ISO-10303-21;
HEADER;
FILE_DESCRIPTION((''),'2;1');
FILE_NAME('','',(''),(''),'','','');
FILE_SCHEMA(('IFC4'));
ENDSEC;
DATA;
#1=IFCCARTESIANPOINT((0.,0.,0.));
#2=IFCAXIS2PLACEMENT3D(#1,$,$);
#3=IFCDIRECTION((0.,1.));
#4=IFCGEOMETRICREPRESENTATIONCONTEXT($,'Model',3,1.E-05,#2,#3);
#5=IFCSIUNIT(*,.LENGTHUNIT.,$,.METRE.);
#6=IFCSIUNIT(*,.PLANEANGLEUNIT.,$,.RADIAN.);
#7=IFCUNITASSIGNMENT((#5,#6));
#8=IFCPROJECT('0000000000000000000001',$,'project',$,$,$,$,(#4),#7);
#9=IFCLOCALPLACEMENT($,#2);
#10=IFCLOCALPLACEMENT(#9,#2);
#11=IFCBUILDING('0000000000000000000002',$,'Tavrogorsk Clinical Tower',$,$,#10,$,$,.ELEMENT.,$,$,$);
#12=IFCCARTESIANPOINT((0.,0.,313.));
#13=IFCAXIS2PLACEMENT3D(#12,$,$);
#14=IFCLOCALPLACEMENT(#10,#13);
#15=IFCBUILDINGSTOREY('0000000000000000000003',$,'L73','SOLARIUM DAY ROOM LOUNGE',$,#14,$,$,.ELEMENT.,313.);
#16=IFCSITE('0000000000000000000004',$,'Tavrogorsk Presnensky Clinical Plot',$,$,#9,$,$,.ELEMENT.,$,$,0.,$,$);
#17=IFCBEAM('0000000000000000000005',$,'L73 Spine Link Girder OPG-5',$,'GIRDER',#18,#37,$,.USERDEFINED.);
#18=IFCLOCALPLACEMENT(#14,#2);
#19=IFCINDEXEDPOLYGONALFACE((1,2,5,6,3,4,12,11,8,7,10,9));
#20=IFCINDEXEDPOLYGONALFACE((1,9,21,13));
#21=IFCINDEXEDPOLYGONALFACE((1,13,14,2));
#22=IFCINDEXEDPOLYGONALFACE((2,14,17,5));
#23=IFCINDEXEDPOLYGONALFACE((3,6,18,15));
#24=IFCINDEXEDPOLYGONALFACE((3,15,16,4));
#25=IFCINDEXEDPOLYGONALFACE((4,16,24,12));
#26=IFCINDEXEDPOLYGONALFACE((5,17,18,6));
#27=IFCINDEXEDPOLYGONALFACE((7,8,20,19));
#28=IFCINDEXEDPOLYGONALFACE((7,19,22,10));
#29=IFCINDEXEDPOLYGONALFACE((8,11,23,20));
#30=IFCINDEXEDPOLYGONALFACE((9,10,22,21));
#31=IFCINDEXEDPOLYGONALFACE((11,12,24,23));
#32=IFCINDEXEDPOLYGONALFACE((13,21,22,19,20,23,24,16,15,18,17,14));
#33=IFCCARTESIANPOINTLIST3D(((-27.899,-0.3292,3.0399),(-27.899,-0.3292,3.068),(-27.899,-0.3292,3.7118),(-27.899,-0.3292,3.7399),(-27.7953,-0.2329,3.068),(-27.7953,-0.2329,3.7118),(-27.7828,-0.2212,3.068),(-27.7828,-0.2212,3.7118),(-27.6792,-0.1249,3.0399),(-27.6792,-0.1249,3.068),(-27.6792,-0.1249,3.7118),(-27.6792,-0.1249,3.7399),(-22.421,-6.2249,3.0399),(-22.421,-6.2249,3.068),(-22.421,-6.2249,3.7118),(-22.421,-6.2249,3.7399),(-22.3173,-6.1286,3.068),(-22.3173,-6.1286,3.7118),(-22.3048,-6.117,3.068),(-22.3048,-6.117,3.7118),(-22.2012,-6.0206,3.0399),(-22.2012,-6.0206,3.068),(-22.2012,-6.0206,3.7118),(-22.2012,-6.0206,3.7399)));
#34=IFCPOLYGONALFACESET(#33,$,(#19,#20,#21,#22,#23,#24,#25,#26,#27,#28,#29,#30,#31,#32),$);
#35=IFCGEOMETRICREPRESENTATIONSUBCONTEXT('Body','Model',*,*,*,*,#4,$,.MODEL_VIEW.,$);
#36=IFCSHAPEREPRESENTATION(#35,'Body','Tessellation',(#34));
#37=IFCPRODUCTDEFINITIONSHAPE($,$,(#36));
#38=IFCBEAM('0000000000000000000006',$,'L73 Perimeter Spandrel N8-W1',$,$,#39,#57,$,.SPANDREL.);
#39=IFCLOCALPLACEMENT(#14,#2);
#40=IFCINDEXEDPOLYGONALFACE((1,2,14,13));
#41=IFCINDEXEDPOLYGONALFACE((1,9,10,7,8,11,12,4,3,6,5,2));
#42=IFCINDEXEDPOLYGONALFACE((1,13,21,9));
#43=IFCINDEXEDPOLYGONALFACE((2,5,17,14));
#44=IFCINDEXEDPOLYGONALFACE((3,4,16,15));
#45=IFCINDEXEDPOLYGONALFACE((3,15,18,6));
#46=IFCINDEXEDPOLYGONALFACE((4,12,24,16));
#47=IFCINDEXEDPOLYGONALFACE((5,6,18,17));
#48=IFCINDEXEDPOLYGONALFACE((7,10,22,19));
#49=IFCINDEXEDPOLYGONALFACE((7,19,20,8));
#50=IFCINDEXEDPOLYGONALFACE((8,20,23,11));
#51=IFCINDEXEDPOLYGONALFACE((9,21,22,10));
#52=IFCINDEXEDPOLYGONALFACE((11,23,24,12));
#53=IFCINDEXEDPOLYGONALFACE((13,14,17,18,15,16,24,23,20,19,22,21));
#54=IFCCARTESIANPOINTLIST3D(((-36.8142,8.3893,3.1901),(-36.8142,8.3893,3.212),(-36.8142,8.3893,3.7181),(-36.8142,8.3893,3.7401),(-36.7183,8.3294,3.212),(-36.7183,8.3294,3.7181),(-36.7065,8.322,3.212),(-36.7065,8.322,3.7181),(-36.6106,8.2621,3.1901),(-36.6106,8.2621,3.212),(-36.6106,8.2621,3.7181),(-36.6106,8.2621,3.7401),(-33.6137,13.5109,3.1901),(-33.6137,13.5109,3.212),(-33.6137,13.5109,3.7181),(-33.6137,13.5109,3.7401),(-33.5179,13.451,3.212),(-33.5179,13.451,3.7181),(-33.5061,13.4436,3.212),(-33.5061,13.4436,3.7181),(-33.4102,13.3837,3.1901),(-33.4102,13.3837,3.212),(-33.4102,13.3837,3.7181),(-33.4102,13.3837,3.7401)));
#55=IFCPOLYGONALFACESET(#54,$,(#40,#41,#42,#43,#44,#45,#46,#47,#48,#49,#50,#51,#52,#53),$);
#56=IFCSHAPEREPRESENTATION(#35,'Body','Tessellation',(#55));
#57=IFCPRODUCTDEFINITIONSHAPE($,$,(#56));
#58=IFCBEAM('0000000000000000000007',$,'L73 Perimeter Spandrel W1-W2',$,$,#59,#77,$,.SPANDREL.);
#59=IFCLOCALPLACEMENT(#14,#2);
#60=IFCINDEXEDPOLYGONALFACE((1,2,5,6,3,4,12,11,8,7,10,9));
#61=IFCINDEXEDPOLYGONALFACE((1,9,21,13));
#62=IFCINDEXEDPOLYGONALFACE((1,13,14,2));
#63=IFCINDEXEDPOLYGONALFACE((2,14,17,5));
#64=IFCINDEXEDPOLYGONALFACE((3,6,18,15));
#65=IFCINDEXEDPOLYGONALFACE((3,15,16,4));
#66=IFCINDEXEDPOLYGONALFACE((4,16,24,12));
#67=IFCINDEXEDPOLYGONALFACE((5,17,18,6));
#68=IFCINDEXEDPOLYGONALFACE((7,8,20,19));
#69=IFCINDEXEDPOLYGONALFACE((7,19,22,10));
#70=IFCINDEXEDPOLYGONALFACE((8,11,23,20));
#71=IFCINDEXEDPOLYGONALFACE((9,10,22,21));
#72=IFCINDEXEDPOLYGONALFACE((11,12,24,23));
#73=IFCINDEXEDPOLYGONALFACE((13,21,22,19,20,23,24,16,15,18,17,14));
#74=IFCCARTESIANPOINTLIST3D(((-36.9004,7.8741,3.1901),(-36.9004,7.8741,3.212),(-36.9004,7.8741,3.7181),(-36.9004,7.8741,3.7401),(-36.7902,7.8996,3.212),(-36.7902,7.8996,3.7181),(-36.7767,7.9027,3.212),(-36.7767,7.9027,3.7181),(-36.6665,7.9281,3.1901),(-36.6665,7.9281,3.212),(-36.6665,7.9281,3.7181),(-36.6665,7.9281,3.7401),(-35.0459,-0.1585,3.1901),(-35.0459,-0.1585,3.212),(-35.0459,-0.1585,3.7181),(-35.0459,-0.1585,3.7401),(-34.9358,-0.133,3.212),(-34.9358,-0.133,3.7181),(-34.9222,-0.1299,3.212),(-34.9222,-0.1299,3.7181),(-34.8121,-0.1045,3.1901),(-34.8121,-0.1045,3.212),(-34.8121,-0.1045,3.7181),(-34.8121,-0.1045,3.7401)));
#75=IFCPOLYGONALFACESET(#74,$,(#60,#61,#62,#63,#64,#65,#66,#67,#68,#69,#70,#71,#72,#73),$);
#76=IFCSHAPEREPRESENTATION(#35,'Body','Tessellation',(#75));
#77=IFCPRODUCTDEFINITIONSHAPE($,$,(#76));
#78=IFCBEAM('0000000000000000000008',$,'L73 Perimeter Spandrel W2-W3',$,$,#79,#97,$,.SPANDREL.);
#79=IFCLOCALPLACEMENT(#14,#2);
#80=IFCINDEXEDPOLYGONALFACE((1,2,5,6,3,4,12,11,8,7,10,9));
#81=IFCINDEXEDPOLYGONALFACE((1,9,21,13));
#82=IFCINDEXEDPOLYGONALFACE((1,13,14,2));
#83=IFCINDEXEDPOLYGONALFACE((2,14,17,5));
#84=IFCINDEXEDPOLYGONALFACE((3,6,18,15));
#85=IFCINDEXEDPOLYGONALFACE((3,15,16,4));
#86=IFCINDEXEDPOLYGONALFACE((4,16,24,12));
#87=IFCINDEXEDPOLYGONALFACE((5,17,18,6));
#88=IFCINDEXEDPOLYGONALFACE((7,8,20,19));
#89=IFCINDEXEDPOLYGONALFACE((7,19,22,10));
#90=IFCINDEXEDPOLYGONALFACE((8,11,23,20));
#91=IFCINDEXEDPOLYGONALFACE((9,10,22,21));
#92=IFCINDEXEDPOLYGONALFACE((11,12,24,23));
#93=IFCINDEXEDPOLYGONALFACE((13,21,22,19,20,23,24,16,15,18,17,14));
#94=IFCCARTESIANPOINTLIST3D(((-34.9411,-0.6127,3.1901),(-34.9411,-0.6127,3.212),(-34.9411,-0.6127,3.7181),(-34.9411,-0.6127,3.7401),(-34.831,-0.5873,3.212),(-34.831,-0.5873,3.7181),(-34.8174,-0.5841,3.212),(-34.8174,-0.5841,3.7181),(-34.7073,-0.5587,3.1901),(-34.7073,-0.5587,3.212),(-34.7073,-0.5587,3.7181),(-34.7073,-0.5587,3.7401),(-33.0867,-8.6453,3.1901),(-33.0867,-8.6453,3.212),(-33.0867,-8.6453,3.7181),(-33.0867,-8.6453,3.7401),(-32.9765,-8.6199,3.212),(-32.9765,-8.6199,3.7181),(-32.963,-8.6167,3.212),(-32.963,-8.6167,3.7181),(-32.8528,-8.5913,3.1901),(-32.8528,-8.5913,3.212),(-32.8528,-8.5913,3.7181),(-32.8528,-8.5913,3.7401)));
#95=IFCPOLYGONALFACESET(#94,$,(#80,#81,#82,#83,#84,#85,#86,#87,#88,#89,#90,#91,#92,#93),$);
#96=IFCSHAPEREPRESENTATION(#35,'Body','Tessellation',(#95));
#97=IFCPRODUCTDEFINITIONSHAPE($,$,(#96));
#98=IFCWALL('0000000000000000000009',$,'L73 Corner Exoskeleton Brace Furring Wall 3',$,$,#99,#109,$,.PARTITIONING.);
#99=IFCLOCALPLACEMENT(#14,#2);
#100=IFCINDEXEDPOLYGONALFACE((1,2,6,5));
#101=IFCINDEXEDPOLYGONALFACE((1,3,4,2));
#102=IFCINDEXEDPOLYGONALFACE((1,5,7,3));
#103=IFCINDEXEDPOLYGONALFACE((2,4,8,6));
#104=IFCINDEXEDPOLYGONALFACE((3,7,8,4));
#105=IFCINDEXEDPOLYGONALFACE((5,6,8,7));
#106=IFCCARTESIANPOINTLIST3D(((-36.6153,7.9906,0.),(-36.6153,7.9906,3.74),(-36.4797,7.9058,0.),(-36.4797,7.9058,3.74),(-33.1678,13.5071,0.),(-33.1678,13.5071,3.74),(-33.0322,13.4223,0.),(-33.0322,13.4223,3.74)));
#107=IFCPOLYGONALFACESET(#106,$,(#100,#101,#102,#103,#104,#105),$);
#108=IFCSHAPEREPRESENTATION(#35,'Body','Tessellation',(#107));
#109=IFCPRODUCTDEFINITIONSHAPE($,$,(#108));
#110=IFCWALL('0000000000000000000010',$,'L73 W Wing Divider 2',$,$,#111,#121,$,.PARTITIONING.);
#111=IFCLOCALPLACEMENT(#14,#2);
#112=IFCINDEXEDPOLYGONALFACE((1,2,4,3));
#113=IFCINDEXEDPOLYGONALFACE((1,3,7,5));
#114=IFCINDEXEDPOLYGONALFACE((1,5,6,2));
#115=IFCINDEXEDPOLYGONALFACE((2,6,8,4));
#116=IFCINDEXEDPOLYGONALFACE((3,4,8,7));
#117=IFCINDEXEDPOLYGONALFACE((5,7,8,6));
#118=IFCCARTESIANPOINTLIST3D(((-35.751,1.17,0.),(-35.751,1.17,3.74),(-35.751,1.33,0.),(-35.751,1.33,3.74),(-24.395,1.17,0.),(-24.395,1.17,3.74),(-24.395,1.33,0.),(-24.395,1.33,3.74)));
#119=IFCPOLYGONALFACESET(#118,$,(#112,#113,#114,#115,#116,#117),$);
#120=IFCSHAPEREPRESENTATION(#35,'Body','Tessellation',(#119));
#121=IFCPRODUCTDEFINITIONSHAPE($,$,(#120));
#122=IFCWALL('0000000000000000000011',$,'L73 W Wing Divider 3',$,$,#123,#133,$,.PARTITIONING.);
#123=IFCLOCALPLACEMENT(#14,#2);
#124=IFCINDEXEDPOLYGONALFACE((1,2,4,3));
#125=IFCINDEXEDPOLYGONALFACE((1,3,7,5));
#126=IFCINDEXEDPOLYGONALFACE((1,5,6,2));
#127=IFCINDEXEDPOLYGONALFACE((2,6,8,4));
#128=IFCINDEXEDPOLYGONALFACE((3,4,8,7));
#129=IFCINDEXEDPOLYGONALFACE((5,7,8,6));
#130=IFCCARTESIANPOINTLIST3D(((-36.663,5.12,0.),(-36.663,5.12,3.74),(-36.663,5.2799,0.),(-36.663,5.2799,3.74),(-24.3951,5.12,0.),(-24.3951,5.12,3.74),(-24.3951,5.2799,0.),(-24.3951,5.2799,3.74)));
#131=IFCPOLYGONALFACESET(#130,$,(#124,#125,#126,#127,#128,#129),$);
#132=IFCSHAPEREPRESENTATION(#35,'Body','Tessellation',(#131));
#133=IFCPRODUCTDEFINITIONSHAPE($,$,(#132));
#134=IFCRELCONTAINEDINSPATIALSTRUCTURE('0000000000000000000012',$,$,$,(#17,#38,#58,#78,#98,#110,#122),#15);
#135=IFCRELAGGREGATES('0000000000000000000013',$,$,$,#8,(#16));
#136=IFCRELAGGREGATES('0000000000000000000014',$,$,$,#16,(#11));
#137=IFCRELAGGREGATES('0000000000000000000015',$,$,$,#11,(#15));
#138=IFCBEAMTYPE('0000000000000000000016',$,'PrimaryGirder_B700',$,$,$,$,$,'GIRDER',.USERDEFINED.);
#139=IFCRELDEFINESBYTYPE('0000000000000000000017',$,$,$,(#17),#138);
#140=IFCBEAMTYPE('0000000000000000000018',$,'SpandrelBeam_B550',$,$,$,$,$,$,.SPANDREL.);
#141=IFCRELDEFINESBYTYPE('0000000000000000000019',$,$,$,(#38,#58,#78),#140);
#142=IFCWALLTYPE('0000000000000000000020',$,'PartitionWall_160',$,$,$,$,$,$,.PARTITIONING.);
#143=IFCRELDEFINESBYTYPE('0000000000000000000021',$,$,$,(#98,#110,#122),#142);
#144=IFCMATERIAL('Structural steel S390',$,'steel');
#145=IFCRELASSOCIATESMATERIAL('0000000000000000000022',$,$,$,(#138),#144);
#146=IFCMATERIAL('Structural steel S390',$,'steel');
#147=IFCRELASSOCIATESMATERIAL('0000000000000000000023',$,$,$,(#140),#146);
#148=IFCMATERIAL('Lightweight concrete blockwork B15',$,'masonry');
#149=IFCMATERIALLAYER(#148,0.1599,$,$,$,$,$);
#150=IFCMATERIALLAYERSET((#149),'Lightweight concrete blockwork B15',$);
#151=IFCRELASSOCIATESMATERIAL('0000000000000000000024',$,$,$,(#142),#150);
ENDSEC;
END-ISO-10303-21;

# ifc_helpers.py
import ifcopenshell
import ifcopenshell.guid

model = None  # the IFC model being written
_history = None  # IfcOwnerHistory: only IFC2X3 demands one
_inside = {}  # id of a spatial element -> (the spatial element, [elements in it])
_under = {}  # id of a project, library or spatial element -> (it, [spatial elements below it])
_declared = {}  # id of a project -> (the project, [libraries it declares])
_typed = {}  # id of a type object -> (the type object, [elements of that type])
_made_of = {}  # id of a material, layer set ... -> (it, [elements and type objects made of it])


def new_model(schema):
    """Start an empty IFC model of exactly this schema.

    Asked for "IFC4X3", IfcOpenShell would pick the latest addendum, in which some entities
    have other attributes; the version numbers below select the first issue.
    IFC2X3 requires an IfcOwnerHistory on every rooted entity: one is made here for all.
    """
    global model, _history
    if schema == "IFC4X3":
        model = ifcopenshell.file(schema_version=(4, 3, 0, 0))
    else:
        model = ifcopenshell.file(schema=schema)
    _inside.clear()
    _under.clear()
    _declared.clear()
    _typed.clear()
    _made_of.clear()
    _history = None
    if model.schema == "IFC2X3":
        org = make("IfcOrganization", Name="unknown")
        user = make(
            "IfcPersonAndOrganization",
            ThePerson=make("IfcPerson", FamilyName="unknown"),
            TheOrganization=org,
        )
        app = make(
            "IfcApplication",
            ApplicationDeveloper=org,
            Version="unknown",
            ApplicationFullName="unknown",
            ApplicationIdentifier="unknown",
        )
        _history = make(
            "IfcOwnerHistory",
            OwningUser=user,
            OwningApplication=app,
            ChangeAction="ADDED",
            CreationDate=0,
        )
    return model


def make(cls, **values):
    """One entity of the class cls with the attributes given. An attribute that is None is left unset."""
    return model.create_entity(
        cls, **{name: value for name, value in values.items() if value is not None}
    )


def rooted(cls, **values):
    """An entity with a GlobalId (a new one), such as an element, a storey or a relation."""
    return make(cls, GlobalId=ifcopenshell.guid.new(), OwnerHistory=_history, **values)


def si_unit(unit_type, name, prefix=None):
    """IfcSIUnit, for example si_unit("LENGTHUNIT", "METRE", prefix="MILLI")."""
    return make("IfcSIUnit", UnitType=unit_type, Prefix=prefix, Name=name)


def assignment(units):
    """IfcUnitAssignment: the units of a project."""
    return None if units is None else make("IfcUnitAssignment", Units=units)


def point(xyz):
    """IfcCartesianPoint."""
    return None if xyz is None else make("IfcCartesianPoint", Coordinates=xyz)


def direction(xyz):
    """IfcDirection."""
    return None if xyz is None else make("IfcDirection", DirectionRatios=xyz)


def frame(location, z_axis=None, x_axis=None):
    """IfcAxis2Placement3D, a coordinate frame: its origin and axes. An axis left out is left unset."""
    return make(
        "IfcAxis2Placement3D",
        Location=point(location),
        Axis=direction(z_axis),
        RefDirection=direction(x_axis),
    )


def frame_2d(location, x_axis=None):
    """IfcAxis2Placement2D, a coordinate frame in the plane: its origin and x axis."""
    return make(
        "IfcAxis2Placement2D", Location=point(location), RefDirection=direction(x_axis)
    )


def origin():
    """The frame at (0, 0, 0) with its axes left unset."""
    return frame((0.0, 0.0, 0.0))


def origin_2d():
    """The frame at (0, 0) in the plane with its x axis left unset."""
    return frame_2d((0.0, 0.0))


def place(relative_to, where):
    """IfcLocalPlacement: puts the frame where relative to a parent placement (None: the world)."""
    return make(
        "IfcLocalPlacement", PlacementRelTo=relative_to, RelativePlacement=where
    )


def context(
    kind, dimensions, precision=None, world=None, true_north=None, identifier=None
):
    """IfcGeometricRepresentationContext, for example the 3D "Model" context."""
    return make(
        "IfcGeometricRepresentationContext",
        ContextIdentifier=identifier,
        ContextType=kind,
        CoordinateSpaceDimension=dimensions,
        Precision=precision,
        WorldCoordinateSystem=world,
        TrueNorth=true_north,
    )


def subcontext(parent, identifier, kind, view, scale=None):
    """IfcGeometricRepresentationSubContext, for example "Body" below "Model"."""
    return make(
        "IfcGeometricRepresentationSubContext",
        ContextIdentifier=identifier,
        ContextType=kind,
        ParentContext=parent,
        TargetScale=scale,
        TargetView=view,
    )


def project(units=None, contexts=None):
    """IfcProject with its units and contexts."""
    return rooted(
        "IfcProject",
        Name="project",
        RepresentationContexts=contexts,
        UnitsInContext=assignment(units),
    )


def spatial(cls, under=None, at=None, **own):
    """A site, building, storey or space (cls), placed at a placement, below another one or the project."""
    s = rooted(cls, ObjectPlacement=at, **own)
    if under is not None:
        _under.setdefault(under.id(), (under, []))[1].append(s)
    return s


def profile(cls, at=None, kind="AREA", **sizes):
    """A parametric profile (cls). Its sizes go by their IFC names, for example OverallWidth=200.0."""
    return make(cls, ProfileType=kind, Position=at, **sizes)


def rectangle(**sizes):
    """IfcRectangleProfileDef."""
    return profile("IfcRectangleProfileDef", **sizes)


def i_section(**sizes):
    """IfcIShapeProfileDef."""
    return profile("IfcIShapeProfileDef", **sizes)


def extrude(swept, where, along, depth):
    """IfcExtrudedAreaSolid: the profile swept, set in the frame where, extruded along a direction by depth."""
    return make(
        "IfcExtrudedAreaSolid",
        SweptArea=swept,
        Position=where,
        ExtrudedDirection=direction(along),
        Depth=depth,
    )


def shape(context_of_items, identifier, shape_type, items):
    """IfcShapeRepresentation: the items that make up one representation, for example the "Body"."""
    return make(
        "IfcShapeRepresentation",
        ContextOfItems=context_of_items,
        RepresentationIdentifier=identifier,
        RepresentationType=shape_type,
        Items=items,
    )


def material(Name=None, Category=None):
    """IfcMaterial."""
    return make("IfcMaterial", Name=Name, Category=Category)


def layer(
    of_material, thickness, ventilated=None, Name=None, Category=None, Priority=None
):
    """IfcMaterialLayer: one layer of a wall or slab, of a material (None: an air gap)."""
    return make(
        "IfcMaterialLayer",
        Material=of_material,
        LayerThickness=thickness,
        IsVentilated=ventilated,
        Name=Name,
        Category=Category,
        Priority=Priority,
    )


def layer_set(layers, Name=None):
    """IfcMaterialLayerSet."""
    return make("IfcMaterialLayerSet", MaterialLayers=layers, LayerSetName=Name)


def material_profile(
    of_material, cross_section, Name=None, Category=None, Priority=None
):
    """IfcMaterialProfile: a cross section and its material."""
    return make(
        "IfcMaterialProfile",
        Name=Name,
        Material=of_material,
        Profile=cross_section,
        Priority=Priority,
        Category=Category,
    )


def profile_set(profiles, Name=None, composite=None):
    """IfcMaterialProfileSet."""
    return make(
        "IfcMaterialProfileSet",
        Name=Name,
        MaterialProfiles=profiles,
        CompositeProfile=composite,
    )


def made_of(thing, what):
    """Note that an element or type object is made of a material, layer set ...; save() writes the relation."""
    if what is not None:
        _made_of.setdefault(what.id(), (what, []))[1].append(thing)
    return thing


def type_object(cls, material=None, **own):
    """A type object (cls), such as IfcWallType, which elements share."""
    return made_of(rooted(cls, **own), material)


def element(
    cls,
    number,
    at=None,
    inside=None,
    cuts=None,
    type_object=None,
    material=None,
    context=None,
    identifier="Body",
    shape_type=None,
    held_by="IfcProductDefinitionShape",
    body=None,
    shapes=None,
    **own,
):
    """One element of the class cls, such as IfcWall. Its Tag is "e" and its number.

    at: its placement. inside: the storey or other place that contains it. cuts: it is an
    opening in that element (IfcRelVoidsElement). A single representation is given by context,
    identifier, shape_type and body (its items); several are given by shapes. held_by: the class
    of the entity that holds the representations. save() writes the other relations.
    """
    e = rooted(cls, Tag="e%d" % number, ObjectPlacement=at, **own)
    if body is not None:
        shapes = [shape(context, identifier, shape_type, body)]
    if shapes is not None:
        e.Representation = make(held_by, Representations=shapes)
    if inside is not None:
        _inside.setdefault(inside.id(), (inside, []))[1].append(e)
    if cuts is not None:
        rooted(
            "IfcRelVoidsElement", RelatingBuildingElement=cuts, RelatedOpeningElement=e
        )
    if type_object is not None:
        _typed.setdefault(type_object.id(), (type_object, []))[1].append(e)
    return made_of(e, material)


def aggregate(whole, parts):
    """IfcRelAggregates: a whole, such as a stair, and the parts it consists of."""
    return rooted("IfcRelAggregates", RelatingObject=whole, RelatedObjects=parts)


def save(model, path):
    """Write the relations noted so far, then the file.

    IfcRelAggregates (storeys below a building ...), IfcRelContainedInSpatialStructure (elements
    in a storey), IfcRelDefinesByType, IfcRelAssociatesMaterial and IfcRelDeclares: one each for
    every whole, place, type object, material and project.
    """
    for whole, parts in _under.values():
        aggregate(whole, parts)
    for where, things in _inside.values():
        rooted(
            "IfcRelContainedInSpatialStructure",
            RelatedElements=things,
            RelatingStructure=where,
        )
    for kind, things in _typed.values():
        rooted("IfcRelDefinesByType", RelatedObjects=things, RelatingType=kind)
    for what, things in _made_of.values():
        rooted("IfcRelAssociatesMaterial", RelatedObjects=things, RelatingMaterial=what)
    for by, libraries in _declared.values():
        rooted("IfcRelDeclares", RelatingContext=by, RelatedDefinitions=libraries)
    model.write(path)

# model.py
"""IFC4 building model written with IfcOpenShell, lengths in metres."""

from ifc_helpers import new_model, si_unit, direction, frame, frame_2d, origin, origin_2d, place, context, subcontext, project, spatial, rectangle, i_section, extrude, material, layer, layer_set, material_profile, profile_set, type_object, element, save


model = new_model("IFC4")

# Units and contexts
model_context = context("Model", 3, precision=1e-05, world=origin(), true_north=direction((0.0, 1.0)))
body_context = subcontext(model_context, "Body", "Model", "MODEL_VIEW")
ifc_project = project(units=[si_unit("LENGTHUNIT", "METRE"), si_unit("PLANEANGLEUNIT", "RADIAN")], contexts=[model_context])

# Site, building, storey
site_placement = place(None, origin())
site = spatial("IfcSite", under=ifc_project, at=site_placement, Name="Tavrogorsk Presnensky Clinical Plot", CompositionType="ELEMENT", RefElevation=0.0)
building_placement = place(site_placement, origin())
building = spatial("IfcBuilding", under=site, at=building_placement, Name="Tavrogorsk Clinical Tower", CompositionType="ELEMENT")
storey_placement = place(building_placement, frame((0.0, 0.0, 313.0)))
storey = spatial("IfcBuildingStorey", under=building, at=storey_placement, Name="L73", Description="SOLARIUM DAY ROOM LOUNGE", CompositionType="ELEMENT", Elevation=313.0)

# Beams
ifc_material_1 = material(Name="Structural steel S390", Category="steel")
ifc_material_profile_1 = material_profile(ifc_material_1, i_section(OverallWidth=0.3, OverallDepth=0.7, WebThickness=0.0171, FlangeThickness=0.0281, at=origin_2d()), Name="B-700x300x17x28")
ifc_profile_set_1 = profile_set([ifc_material_profile_1], Name="Structural steel S390")
beam_type_1 = type_object("IfcBeamType", Name="PrimaryGirder_B700", ElementType="GIRDER", PredefinedType="USERDEFINED", material=ifc_profile_set_1)
beam_1_placement = place(storey_placement, frame((-27.7891, -0.2271, 3.3899), z_axis=(0.680678, -0.732583, 0.0), x_axis=(0.732583, 0.680678, 0.0)))
element("IfcBeam", 1, at=beam_1_placement, inside=storey, type_object=beam_type_1, Name="L73 Spine Link Girder OPG-5", ObjectType="GIRDER", PredefinedType="USERDEFINED", context=body_context, shape_type="SweptSolid", body=[
    extrude(i_section(OverallWidth=0.3, OverallDepth=0.7, WebThickness=0.0171, FlangeThickness=0.0281, at=origin_2d()), origin(), (0.0, 0.0, 1.0), 8.0479),
])
ifc_material_2 = material(Name="Structural steel S390", Category="steel")
ifc_material_profile_2 = material_profile(ifc_material_2, i_section(OverallWidth=0.24, OverallDepth=0.55, WebThickness=0.0139, FlangeThickness=0.022, at=origin_2d()), Name="B-550x240x14x22")
ifc_profile_set_2 = profile_set([ifc_material_profile_2], Name="Structural steel S390")
beam_type_2 = type_object("IfcBeamType", Name="SpandrelBeam_B550", PredefinedType="SPANDREL", material=ifc_profile_set_2)
beam_2_placement = place(storey_placement, frame((-33.512, 13.4473, 3.4651), z_axis=(-0.529934, -0.848039, 0.0), x_axis=(0.848039, -0.529934, 0.0)))
element("IfcBeam", 2, at=beam_2_placement, inside=storey, type_object=beam_type_2, Name="L73 Perimeter Spandrel N8-W1", PredefinedType="SPANDREL", context=body_context, shape_type="SweptSolid", body=[
    extrude(i_section(OverallWidth=0.24, OverallDepth=0.55, WebThickness=0.0139, FlangeThickness=0.022, at=origin_2d()), origin(), (0.0, 0.0, 1.0), 6.0393),
])
for number, where, z_axis, x_axis, name in (
    (3, (-36.7834, 7.9011, 3.4651), (0.22495, -0.97437, 0.0), (0.97437, 0.22495, 0.0), "L73 Perimeter Spandrel W1-W2"),
    (4, (-34.8242, -0.5857, 3.4651), (0.22495, -0.97437, 0.0), (0.97437, 0.22495, 0.0), "L73 Perimeter Spandrel W2-W3"),
):
    element("IfcBeam", number, at=place(storey_placement, frame(where, z_axis=z_axis, x_axis=x_axis)), inside=storey, type_object=beam_type_2, Name=name, PredefinedType="SPANDREL", context=body_context, shape_type="SweptSolid", body=[
        extrude(i_section(OverallWidth=0.24, OverallDepth=0.55, WebThickness=0.0139, FlangeThickness=0.022, at=origin_2d()), origin(), (0.0, 0.0, 1.0), 8.2439),
    ])

# Walls
ifc_material_3 = material(Name="Lightweight concrete blockwork B15", Category="masonry")
ifc_layer_1 = layer(ifc_material_3, 0.1599)
ifc_layer_set_1 = layer_set([ifc_layer_1], Name="Lightweight concrete blockwork B15")
wall_type_1 = type_object("IfcWallType", Name="PartitionWall_160", PredefinedType="PARTITIONING", material=ifc_layer_set_1)
wall_1_placement = place(storey_placement, frame((-33.1001, 13.4646, 0.0), z_axis=(0.0, 0.0, 1.0), x_axis=(-0.529958, -0.848024, 0.0)))
element("IfcWall", 5, at=wall_1_placement, inside=storey, type_object=wall_type_1, Name="L73 Corner Exoskeleton Brace Furring Wall 3", PredefinedType="PARTITIONING", context=body_context, shape_type="SweptSolid", body=[
    extrude(rectangle(XDim=6.5051, YDim=0.1599, at=frame_2d((3.2524, 0.0))), origin(), (0.0, 0.0, 1.0), 3.74),
])
wall_2_placement = place(storey_placement, frame((-35.751, 1.25, 0.0), z_axis=(0.0, 0.0, 1.0), x_axis=(1.0, 0.0, 0.0)))
element("IfcWall", 6, at=wall_2_placement, inside=storey, type_object=wall_type_1, Name="L73 W Wing Divider 2", PredefinedType="PARTITIONING", context=body_context, shape_type="SweptSolid", body=[
    extrude(rectangle(XDim=11.356, YDim=0.1599, at=frame_2d((5.678, 0.0))), origin(), (0.0, 0.0, 1.0), 3.74),
])
wall_3_placement = place(storey_placement, frame((-36.6628, 5.2, 0.0), z_axis=(0.0, 0.0, 1.0), x_axis=(1.0, 0.0, 0.0)))
element("IfcWall", 7, at=wall_3_placement, inside=storey, type_object=wall_type_1, Name="L73 W Wing Divider 3", PredefinedType="PARTITIONING", context=body_context, shape_type="SweptSolid", body=[
    extrude(rectangle(XDim=12.2678, YDim=0.1599, at=frame_2d((6.1338, 0.0))), origin(), (0.0, 0.0, 1.0), 3.74),
])

save(model, "model.ifc")
